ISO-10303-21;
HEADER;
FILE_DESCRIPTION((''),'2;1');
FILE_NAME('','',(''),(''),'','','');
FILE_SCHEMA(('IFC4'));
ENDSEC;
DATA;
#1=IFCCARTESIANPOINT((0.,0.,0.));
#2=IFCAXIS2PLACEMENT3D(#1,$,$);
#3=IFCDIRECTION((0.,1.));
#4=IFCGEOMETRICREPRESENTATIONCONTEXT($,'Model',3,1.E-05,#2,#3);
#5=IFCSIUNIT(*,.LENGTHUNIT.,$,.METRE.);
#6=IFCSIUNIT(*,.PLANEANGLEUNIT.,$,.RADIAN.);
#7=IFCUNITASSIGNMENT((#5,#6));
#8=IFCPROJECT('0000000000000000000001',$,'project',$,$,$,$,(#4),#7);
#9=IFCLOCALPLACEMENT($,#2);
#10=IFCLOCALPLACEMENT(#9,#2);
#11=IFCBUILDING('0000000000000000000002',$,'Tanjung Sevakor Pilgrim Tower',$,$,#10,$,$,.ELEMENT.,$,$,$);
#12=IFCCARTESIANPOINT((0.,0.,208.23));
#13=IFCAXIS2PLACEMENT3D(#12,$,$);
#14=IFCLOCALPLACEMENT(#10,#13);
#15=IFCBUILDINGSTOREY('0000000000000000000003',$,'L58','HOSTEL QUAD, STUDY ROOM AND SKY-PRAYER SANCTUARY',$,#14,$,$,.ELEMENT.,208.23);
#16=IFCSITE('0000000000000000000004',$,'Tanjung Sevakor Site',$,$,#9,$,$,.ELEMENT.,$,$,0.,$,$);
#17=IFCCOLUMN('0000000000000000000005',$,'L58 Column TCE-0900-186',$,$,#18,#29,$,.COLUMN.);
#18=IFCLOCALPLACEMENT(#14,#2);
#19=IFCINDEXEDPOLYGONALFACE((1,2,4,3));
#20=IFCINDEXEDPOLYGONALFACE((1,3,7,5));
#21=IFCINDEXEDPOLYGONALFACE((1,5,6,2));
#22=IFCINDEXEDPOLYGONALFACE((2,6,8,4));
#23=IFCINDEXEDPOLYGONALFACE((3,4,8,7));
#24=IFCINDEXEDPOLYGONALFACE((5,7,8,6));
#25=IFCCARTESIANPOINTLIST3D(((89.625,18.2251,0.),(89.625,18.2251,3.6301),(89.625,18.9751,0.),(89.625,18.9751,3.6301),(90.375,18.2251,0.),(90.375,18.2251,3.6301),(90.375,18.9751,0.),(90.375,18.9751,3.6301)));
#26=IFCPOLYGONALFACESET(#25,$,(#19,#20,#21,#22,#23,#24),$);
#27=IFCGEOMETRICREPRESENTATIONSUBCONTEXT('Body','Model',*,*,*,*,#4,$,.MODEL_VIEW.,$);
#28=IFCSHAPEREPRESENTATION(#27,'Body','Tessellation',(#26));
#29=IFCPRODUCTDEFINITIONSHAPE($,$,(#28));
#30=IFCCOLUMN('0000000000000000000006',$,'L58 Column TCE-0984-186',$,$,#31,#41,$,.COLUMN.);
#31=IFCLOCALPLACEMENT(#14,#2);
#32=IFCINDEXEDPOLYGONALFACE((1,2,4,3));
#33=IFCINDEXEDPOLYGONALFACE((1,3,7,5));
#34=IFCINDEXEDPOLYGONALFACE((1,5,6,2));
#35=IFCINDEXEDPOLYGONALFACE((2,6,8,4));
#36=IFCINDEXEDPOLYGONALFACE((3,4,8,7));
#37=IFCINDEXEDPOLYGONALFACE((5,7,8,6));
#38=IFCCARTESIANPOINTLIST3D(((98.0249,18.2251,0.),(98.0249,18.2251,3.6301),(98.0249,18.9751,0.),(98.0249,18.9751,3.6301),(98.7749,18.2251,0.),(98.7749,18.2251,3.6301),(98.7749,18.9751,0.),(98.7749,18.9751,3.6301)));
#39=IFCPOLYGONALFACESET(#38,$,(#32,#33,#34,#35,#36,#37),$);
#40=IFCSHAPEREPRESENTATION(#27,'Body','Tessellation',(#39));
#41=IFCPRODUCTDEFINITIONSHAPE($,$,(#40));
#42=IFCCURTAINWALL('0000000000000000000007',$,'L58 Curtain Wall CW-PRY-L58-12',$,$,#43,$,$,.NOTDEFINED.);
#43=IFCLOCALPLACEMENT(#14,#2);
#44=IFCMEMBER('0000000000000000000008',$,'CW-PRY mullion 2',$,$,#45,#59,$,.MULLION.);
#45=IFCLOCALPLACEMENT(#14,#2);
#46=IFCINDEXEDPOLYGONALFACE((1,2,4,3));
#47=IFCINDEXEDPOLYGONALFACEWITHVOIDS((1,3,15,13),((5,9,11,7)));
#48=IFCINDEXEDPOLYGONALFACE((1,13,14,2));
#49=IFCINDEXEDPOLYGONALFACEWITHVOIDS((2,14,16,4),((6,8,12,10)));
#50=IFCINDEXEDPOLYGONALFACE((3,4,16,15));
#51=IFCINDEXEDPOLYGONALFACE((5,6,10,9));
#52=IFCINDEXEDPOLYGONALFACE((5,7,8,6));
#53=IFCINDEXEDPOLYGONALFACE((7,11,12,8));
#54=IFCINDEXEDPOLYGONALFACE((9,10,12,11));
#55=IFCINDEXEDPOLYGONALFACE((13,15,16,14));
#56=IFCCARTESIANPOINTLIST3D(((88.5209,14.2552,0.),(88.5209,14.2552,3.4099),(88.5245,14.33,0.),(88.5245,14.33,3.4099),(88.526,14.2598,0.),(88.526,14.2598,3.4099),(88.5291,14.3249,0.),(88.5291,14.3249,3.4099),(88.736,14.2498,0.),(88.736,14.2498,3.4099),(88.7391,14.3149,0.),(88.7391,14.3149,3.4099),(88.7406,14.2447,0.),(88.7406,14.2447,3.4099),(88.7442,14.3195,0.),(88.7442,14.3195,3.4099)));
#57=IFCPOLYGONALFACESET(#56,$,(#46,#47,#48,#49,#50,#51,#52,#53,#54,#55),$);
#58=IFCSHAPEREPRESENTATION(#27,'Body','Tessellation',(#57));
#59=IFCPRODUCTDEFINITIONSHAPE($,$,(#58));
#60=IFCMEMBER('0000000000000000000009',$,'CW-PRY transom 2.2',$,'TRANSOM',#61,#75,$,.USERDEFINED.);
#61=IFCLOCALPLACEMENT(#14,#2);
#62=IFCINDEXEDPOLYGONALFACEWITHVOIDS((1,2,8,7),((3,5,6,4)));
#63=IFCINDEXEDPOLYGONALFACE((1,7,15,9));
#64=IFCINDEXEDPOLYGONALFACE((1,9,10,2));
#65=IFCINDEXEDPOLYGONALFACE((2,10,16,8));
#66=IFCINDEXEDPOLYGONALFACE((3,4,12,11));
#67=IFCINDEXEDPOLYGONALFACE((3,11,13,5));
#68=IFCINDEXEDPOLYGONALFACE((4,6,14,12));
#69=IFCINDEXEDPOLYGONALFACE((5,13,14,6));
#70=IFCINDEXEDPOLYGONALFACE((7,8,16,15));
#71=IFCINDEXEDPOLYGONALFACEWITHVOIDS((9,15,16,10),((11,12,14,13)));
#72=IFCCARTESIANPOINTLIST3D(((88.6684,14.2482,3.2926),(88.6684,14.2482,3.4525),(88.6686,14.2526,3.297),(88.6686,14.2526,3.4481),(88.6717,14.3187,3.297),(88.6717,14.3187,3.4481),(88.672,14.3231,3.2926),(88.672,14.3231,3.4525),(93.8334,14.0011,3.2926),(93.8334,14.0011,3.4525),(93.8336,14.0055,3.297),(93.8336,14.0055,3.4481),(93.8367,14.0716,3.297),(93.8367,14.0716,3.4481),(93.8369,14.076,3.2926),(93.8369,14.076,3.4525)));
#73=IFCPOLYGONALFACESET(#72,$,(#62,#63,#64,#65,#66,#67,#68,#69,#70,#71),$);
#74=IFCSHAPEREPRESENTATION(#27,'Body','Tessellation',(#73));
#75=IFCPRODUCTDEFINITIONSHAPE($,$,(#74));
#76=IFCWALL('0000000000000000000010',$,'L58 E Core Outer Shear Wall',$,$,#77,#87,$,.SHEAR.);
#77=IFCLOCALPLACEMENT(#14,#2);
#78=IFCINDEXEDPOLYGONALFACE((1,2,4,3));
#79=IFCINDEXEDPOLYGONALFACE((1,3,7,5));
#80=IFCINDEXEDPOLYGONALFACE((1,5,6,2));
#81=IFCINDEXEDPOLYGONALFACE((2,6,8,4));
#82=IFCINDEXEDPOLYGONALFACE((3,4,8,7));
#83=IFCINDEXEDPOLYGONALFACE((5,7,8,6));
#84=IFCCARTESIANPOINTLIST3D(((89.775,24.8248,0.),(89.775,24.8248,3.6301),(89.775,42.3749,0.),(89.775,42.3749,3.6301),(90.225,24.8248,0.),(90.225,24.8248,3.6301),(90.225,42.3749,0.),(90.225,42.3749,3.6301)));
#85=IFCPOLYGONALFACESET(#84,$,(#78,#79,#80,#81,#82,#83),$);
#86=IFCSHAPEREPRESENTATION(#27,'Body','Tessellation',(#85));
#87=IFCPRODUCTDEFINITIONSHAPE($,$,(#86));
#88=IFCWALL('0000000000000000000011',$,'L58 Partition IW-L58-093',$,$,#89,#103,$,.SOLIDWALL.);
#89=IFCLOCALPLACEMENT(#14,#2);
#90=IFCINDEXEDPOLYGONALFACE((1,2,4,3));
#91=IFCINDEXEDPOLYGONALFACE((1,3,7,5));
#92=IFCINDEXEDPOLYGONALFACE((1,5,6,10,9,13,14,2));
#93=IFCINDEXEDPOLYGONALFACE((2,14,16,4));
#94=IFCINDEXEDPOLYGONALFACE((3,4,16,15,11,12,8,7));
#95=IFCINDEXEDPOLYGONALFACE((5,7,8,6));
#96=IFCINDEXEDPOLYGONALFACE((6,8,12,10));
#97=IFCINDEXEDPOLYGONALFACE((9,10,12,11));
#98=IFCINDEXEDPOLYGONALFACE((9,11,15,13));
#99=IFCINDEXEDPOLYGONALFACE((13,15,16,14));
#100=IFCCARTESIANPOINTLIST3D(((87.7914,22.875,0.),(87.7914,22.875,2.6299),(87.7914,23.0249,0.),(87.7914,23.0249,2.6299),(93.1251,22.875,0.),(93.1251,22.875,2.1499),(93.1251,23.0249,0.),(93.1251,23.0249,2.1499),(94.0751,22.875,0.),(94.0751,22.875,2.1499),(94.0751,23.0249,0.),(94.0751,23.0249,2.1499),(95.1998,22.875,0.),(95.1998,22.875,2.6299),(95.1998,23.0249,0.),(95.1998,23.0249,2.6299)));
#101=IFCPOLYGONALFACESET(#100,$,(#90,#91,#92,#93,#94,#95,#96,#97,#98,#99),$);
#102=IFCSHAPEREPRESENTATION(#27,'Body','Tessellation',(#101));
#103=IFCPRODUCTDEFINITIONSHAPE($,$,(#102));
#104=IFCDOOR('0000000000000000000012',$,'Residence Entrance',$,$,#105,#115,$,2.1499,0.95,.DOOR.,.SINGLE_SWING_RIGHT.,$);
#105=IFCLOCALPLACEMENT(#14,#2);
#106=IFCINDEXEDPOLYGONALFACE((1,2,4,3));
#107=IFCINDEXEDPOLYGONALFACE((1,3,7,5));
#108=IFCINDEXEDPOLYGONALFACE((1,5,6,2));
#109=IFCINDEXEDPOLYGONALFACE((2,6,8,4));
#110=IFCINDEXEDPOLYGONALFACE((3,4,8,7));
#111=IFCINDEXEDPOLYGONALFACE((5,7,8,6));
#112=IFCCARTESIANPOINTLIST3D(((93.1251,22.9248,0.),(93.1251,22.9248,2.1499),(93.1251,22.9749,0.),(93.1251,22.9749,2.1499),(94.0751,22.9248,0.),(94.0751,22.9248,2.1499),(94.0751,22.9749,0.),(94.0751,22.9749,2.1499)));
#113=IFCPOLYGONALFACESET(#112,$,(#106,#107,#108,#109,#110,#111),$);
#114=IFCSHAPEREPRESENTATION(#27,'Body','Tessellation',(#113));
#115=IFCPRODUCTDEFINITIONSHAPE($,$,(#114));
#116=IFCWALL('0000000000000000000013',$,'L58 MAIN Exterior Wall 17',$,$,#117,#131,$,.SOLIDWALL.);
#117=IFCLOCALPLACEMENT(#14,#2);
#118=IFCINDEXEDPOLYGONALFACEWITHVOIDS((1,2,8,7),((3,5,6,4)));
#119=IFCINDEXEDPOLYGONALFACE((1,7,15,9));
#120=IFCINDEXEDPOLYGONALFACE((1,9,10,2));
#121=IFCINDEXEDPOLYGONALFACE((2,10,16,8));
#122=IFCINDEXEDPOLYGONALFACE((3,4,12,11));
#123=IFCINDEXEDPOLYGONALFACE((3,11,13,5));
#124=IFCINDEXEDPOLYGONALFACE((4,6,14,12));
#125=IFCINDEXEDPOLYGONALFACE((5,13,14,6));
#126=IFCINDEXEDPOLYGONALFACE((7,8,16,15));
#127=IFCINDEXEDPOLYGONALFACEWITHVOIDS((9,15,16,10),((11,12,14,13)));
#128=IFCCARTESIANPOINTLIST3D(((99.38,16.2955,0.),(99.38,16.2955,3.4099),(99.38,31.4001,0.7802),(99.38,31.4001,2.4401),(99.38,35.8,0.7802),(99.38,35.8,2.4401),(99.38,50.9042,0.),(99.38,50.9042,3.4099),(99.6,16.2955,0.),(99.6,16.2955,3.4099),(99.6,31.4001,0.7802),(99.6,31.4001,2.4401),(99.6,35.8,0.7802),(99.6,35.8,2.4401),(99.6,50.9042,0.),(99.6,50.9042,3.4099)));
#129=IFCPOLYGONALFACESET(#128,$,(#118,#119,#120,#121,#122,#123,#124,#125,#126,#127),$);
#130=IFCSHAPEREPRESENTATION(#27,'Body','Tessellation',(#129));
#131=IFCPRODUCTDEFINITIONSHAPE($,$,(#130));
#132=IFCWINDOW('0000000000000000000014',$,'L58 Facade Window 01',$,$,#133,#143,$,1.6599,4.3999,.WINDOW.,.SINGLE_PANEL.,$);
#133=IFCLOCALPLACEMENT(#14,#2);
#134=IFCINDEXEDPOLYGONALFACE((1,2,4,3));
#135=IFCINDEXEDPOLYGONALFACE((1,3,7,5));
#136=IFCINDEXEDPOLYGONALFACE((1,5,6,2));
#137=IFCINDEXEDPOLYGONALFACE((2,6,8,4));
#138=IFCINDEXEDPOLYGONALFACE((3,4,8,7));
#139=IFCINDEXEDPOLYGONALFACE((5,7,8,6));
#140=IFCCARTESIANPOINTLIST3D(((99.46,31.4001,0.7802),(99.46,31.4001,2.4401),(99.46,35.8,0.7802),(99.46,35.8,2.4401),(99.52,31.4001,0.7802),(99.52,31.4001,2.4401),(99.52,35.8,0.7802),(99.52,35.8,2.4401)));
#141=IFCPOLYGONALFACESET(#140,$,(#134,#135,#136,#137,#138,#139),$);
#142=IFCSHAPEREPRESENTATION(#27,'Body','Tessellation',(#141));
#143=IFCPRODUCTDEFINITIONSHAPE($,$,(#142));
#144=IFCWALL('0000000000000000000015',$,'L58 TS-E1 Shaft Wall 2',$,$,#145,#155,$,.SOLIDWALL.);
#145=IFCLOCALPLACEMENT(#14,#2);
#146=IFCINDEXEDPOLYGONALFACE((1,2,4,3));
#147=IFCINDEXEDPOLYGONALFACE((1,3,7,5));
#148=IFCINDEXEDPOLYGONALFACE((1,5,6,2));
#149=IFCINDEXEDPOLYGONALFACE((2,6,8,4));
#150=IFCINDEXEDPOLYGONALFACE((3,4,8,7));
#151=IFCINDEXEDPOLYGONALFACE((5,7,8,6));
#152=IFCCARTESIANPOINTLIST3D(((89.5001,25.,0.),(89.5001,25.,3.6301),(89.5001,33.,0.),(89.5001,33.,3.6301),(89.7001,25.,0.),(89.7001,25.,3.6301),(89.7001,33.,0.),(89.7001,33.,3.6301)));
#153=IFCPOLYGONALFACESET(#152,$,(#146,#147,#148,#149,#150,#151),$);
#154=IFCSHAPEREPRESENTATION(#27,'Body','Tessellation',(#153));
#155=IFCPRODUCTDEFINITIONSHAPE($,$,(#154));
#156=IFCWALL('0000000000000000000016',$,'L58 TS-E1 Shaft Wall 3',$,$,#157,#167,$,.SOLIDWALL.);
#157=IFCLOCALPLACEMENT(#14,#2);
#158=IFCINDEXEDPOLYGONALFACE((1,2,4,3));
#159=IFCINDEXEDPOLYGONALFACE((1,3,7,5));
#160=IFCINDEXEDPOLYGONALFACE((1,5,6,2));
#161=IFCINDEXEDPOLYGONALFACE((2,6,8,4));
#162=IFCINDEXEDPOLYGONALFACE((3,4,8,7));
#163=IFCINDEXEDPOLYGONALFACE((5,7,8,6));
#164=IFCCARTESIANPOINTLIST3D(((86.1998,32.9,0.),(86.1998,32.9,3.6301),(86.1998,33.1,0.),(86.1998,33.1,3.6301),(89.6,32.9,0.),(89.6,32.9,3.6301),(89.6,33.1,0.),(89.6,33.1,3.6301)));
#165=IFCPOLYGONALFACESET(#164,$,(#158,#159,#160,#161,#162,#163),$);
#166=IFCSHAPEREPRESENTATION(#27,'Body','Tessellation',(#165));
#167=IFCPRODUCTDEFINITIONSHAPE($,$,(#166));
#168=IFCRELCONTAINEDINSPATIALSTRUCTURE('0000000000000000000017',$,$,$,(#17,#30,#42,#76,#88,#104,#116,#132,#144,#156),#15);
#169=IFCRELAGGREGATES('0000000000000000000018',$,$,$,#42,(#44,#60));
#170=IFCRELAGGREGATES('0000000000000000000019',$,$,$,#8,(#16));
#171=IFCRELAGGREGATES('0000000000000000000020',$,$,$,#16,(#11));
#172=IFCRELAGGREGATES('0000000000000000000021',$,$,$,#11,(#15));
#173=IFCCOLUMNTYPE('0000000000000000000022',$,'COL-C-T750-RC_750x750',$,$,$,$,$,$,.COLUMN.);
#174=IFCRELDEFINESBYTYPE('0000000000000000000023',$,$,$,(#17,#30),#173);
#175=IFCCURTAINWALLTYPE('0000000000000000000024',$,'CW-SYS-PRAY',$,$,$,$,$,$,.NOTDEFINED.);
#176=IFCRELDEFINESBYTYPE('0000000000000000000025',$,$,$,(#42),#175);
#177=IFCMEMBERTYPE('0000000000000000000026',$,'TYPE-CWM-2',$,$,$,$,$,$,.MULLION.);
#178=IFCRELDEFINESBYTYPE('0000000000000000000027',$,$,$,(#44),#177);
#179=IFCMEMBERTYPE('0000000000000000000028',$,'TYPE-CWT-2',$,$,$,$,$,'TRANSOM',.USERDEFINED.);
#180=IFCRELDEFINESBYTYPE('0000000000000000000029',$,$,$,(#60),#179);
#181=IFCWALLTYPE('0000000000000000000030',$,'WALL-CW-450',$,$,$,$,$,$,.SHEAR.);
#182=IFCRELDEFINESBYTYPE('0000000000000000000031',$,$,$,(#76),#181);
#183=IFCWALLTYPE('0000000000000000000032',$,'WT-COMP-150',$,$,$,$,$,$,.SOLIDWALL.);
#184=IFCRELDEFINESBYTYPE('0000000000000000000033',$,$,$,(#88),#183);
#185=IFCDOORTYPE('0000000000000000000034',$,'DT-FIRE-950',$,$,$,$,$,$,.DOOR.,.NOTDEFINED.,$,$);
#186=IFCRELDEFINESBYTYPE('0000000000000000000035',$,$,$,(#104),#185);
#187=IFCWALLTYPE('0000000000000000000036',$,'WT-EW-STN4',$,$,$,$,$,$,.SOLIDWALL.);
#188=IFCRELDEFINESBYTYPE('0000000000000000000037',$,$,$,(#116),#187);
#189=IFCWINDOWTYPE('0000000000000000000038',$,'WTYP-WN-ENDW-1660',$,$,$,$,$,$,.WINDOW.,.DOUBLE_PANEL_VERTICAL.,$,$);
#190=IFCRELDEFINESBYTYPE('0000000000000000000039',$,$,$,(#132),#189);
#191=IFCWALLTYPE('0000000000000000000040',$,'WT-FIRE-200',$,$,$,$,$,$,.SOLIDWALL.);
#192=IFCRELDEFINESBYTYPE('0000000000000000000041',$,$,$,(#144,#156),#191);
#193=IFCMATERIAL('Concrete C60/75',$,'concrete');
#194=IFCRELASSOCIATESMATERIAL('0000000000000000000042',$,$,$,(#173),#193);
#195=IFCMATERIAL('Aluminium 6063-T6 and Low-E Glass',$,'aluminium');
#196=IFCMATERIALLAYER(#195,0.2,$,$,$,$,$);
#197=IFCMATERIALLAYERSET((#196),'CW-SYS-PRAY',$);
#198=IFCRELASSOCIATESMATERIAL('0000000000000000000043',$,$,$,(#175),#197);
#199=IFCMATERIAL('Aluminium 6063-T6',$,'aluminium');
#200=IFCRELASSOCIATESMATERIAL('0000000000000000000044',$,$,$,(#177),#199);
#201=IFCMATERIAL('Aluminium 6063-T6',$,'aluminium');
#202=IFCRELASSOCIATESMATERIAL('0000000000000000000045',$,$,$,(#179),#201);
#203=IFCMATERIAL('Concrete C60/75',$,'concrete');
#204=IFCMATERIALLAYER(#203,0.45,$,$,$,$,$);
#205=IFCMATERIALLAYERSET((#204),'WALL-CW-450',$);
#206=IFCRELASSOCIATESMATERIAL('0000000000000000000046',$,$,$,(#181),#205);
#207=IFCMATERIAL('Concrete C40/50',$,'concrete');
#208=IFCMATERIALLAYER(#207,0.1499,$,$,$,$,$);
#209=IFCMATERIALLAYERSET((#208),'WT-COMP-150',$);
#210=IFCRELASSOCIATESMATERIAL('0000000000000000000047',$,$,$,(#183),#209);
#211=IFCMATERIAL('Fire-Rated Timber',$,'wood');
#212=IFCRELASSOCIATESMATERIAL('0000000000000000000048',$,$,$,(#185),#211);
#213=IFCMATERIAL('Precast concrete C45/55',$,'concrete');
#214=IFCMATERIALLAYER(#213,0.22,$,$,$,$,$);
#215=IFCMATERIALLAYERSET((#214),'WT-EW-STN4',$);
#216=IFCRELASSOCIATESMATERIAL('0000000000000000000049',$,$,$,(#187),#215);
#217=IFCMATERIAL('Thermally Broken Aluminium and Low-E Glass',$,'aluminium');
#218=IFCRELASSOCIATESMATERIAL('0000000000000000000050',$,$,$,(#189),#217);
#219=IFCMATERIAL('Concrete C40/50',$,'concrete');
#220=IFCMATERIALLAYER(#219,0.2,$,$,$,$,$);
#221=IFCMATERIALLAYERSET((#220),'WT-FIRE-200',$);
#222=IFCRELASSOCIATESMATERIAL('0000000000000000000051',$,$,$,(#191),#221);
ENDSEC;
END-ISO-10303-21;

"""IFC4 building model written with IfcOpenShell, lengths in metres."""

from ifc_helpers import new_model, si_unit, direction, frame, frame_2d, origin, origin_2d, place, context, subcontext, project, spatial, rectangle, hollow_rectangle, extrude, material, layer, layer_set, material_profile, profile_set, type_object, element, fill, aggregate, save


model = new_model("IFC4")

# Units and contexts
model_context = context("Model", 3, precision=1e-05, world=origin(), true_north=direction((0.0, 1.0)))
body_context = subcontext(model_context, "Body", "Model", "MODEL_VIEW")
ifc_project = project(units=[si_unit("LENGTHUNIT", "METRE"), si_unit("PLANEANGLEUNIT", "RADIAN")], contexts=[model_context])

# Site, building, storey
site_placement = place(None, origin())
site = spatial("IfcSite", under=ifc_project, at=site_placement, Name="Tanjung Sevakor Site", CompositionType="ELEMENT", RefElevation=0.0)
building_placement = place(site_placement, origin())
building = spatial("IfcBuilding", under=site, at=building_placement, Name="Tanjung Sevakor Pilgrim Tower", CompositionType="ELEMENT")
storey_placement = place(building_placement, frame((0.0, 0.0, 208.23)))
storey = spatial("IfcBuildingStorey", under=building, at=storey_placement, Name="L58", Description="HOSTEL QUAD, STUDY ROOM AND SKY-PRAYER SANCTUARY", CompositionType="ELEMENT", Elevation=208.23)

# Columns
ifc_material_1 = material(Name="Concrete C60/75", Category="concrete")
ifc_material_profile_1 = material_profile(ifc_material_1, rectangle(XDim=0.75, YDim=0.75, at=origin_2d()))
ifc_profile_set_1 = profile_set([ifc_material_profile_1], Name="Concrete C60/75")
column_type = type_object("IfcColumnType", Name="COL-C-T750-RC_750x750", PredefinedType="COLUMN", material=ifc_profile_set_1)
for number, where, z_axis, x_axis, name in (
    (1, (90.0, 18.6001, 0.0), (0.0, 0.0, 1.0), (1.0, 0.0, 0.0), "L58 Column TCE-0900-186"),
    (2, (98.3999, 18.6001, 0.0), (0.0, 0.0, 1.0), (1.0, 0.0, 0.0), "L58 Column TCE-0984-186"),
):
    element("IfcColumn", number, at=place(storey_placement, frame(where, z_axis=z_axis, x_axis=x_axis)), inside=storey, type_object=column_type, Name=name, PredefinedType="COLUMN", context=body_context, shape_type="SweptSolid", body=[
        extrude(rectangle(XDim=0.75, YDim=0.75, at=origin_2d()), origin(), (0.0, 0.0, 1.0), 3.6301),
    ])

# Curtain wall, members
ifc_material_2 = material(Name="Aluminium 6063-T6 and Low-E Glass", Category="aluminium")
ifc_layer_1 = layer(ifc_material_2, 0.2)
ifc_layer_set_1 = layer_set([ifc_layer_1], Name="CW-SYS-PRAY")
curtain_wall_type = type_object("IfcCurtainWallType", Name="CW-SYS-PRAY", PredefinedType="NOTDEFINED", material=ifc_layer_set_1)
curtain_wall_placement = place(storey_placement, origin())
curtain_wall = element("IfcCurtainWall", 3, at=curtain_wall_placement, inside=storey, type_object=curtain_wall_type, Name="L58 Curtain Wall CW-PRY-L58-12", PredefinedType="NOTDEFINED")
ifc_material_3 = material(Name="Aluminium 6063-T6", Category="aluminium")
ifc_material_profile_2 = material_profile(ifc_material_3, hollow_rectangle(XDim=0.075, YDim=0.22, WallThickness=0.0049, at=origin_2d()))
ifc_profile_set_2 = profile_set([ifc_material_profile_2], Name="Aluminium 6063-T6")
member_type_1 = type_object("IfcMemberType", Name="TYPE-CWM-2", PredefinedType="MULLION", material=ifc_profile_set_2)
member_1_placement = place(storey_placement, frame((88.6326, 14.2874, 0.0), z_axis=(0.0, 0.0, 1.0), x_axis=(0.047791, 0.998857, 0.0)))
member_1 = element("IfcMember", 4, at=member_1_placement, type_object=member_type_1, Name="CW-PRY mullion 2", PredefinedType="MULLION", context=body_context, shape_type="SweptSolid", body=[
    extrude(hollow_rectangle(XDim=0.075, YDim=0.22, WallThickness=0.0049, at=origin_2d()), origin(), (0.0, 0.0, 1.0), 3.4099),
])
ifc_material_4 = material(Name="Aluminium 6063-T6", Category="aluminium")
ifc_material_profile_3 = material_profile(ifc_material_4, hollow_rectangle(XDim=0.075, YDim=0.1599, WallThickness=0.0044, at=origin_2d()))
ifc_profile_set_3 = profile_set([ifc_material_profile_3], Name="Aluminium 6063-T6")
member_type_2 = type_object("IfcMemberType", Name="TYPE-CWT-2", ElementType="TRANSOM", PredefinedType="USERDEFINED", material=ifc_profile_set_3)
member_2_placement = place(storey_placement, frame((88.6702, 14.2856, 3.3726), z_axis=(0.998858, -0.04778, 0.0), x_axis=(0.04778, 0.998858, 0.0)))
member_2 = element("IfcMember", 5, at=member_2_placement, type_object=member_type_2, Name="CW-PRY transom 2.2", ObjectType="TRANSOM", PredefinedType="USERDEFINED", context=body_context, shape_type="SweptSolid", body=[
    extrude(hollow_rectangle(XDim=0.075, YDim=0.1599, WallThickness=0.0044, at=origin_2d()), origin(), (0.0, 0.0, 1.0), 5.1709),
])
aggregate(curtain_wall, [member_1, member_2])

# Wall
ifc_material_5 = material(Name="Concrete C60/75", Category="concrete")
ifc_layer_2 = layer(ifc_material_5, 0.45)
ifc_layer_set_2 = layer_set([ifc_layer_2], Name="WALL-CW-450")
wall_type_1 = type_object("IfcWallType", Name="WALL-CW-450", PredefinedType="SHEAR", material=ifc_layer_set_2)
wall_1_placement = place(storey_placement, frame((90.0, 24.825, 0.0), z_axis=(0.0, 0.0, 1.0), x_axis=(0.0, 1.0, 0.0)))
element("IfcWall", 6, at=wall_1_placement, inside=storey, type_object=wall_type_1, Name="L58 E Core Outer Shear Wall", PredefinedType="SHEAR", context=body_context, shape_type="SweptSolid", body=[
    extrude(rectangle(XDim=17.55, YDim=0.45, at=frame_2d((8.7749, 0.0))), origin(), (0.0, 0.0, 1.0), 3.6301),
])

# Wall, opening, door
ifc_material_6 = material(Name="Concrete C40/50", Category="concrete")
ifc_layer_3 = layer(ifc_material_6, 0.1499)
ifc_layer_set_3 = layer_set([ifc_layer_3], Name="WT-COMP-150")
wall_type_2 = type_object("IfcWallType", Name="WT-COMP-150", PredefinedType="SOLIDWALL", material=ifc_layer_set_3)
wall_2_placement = place(storey_placement, frame((87.7915, 22.95, 0.0), z_axis=(0.0, 0.0, 1.0), x_axis=(1.0, 0.0, 0.0)))
wall_2 = element("IfcWall", 7, at=wall_2_placement, inside=storey, type_object=wall_type_2, Name="L58 Partition IW-L58-093", PredefinedType="SOLIDWALL", context=body_context, shape_type="SweptSolid", body=[
    extrude(rectangle(XDim=7.4084, YDim=0.1499, at=frame_2d((3.7041, 0.0))), origin(), (0.0, 0.0, 1.0), 2.6299),
])
opening_1_placement = place(wall_2_placement, frame((5.3335, 0.0, 0.0)))
opening_1 = element("IfcOpeningElement", 8, at=opening_1_placement, cuts=wall_2, PredefinedType="OPENING", context=body_context, shape_type="SweptSolid", body=[
    extrude(rectangle(XDim=0.95, YDim=2.1499, at=frame_2d((0.4751, 1.075))), frame((0.0, 0.085, 0.0), z_axis=(0.0, -1.0, 0.0), x_axis=(1.0, 0.0, 0.0)), (0.0, 0.0, 1.0), 0.1699),
])
ifc_material_7 = material(Name="Fire-Rated Timber", Category="wood")
door_type_1 = type_object("IfcDoorType", Name="DT-FIRE-950", OperationType="NOTDEFINED", PredefinedType="DOOR", material=ifc_material_7)
door_1_placement = place(opening_1_placement, origin())
door_1 = element("IfcDoor", 9, at=door_1_placement, inside=storey, type_object=door_type_1, Name="Residence Entrance", OperationType="SINGLE_SWING_RIGHT", OverallHeight=2.1499, OverallWidth=0.95, PredefinedType="DOOR", context=body_context, shape_type="SweptSolid", body=[
    extrude(rectangle(XDim=0.95, YDim=2.1499, at=frame_2d((0.4751, 1.075))), frame((0.0, 0.0249, 0.0), z_axis=(0.0, -1.0, 0.0), x_axis=(1.0, 0.0, 0.0)), (0.0, 0.0, 1.0), 0.05),
])
fill(opening_1, door_1)

# Wall, opening, window
ifc_material_8 = material(Name="Precast concrete C45/55", Category="concrete")
ifc_layer_4 = layer(ifc_material_8, 0.22)
ifc_layer_set_4 = layer_set([ifc_layer_4], Name="WT-EW-STN4")
wall_type_3 = type_object("IfcWallType", Name="WT-EW-STN4", PredefinedType="SOLIDWALL", material=ifc_layer_set_4)
wall_3_placement = place(storey_placement, frame((99.49, 16.2957, 0.0), z_axis=(0.0, 0.0, 1.0), x_axis=(0.0, 1.0, 0.0)))
wall_3 = element("IfcWall", 10, at=wall_3_placement, inside=storey, type_object=wall_type_3, Name="L58 MAIN Exterior Wall 17", PredefinedType="SOLIDWALL", context=body_context, shape_type="SweptSolid", body=[
    extrude(rectangle(XDim=34.6086, YDim=0.22, at=frame_2d((17.3042, 0.0))), origin(), (0.0, 0.0, 1.0), 3.4099),
])
opening_2_placement = place(wall_3_placement, frame((15.1045, 0.0, 0.78)))
opening_2 = element("IfcOpeningElement", 11, at=opening_2_placement, cuts=wall_3, PredefinedType="OPENING", context=body_context, shape_type="SweptSolid", body=[
    extrude(rectangle(XDim=4.3999, YDim=1.6599, at=frame_2d((2.2, 0.8301))), frame((0.0, 0.1199, 0.0), z_axis=(0.0, -1.0, 0.0), x_axis=(1.0, 0.0, 0.0)), (0.0, 0.0, 1.0), 0.24),
])
ifc_material_9 = material(Name="Thermally Broken Aluminium and Low-E Glass", Category="aluminium")
window_type = type_object("IfcWindowType", Name="WTYP-WN-ENDW-1660", PartitioningType="DOUBLE_PANEL_VERTICAL", PredefinedType="WINDOW", material=ifc_material_9)
window_placement = place(opening_2_placement, origin())
window = element("IfcWindow", 12, at=window_placement, inside=storey, type_object=window_type, Name="L58 Facade Window 01", OverallHeight=1.6599, OverallWidth=4.3999, PartitioningType="SINGLE_PANEL", PredefinedType="WINDOW", context=body_context, shape_type="SweptSolid", body=[
    extrude(rectangle(XDim=4.3999, YDim=1.6599, at=frame_2d((2.2, 0.8301))), frame((0.0, 0.03, 0.0), z_axis=(0.0, -1.0, 0.0), x_axis=(1.0, 0.0, 0.0)), (0.0, 0.0, 1.0), 0.0601),
])
fill(opening_2, window)

# Walls
ifc_material_10 = material(Name="Concrete C40/50", Category="concrete")
ifc_layer_5 = layer(ifc_material_10, 0.2)
ifc_layer_set_5 = layer_set([ifc_layer_5], Name="WT-FIRE-200")
wall_type_4 = type_object("IfcWallType", Name="WT-FIRE-200", PredefinedType="SOLIDWALL", material=ifc_layer_set_5)
wall_4_placement = place(storey_placement, frame((89.6001, 25.0, 0.0), z_axis=(0.0, 0.0, 1.0), x_axis=(0.0, 1.0, 0.0)))
element("IfcWall", 13, at=wall_4_placement, inside=storey, type_object=wall_type_4, Name="L58 TS-E1 Shaft Wall 2", PredefinedType="SOLIDWALL", context=body_context, shape_type="SweptSolid", body=[
    extrude(rectangle(XDim=8.0, YDim=0.2, at=frame_2d((4.0, 0.0))), origin(), (0.0, 0.0, 1.0), 3.6301),
])
wall_5_placement = place(storey_placement, frame((89.6001, 33.0, 0.0), z_axis=(0.0, 0.0, 1.0), x_axis=(-1.0, 0.0, 0.0)))
element("IfcWall", 14, at=wall_5_placement, inside=storey, type_object=wall_type_4, Name="L58 TS-E1 Shaft Wall 3", PredefinedType="SOLIDWALL", context=body_context, shape_type="SweptSolid", body=[
    extrude(rectangle(XDim=3.4001, YDim=0.2, at=frame_2d((1.7002, 0.0))), origin(), (0.0, 0.0, 1.0), 3.6301),
])

save(model, "model.ifc")
